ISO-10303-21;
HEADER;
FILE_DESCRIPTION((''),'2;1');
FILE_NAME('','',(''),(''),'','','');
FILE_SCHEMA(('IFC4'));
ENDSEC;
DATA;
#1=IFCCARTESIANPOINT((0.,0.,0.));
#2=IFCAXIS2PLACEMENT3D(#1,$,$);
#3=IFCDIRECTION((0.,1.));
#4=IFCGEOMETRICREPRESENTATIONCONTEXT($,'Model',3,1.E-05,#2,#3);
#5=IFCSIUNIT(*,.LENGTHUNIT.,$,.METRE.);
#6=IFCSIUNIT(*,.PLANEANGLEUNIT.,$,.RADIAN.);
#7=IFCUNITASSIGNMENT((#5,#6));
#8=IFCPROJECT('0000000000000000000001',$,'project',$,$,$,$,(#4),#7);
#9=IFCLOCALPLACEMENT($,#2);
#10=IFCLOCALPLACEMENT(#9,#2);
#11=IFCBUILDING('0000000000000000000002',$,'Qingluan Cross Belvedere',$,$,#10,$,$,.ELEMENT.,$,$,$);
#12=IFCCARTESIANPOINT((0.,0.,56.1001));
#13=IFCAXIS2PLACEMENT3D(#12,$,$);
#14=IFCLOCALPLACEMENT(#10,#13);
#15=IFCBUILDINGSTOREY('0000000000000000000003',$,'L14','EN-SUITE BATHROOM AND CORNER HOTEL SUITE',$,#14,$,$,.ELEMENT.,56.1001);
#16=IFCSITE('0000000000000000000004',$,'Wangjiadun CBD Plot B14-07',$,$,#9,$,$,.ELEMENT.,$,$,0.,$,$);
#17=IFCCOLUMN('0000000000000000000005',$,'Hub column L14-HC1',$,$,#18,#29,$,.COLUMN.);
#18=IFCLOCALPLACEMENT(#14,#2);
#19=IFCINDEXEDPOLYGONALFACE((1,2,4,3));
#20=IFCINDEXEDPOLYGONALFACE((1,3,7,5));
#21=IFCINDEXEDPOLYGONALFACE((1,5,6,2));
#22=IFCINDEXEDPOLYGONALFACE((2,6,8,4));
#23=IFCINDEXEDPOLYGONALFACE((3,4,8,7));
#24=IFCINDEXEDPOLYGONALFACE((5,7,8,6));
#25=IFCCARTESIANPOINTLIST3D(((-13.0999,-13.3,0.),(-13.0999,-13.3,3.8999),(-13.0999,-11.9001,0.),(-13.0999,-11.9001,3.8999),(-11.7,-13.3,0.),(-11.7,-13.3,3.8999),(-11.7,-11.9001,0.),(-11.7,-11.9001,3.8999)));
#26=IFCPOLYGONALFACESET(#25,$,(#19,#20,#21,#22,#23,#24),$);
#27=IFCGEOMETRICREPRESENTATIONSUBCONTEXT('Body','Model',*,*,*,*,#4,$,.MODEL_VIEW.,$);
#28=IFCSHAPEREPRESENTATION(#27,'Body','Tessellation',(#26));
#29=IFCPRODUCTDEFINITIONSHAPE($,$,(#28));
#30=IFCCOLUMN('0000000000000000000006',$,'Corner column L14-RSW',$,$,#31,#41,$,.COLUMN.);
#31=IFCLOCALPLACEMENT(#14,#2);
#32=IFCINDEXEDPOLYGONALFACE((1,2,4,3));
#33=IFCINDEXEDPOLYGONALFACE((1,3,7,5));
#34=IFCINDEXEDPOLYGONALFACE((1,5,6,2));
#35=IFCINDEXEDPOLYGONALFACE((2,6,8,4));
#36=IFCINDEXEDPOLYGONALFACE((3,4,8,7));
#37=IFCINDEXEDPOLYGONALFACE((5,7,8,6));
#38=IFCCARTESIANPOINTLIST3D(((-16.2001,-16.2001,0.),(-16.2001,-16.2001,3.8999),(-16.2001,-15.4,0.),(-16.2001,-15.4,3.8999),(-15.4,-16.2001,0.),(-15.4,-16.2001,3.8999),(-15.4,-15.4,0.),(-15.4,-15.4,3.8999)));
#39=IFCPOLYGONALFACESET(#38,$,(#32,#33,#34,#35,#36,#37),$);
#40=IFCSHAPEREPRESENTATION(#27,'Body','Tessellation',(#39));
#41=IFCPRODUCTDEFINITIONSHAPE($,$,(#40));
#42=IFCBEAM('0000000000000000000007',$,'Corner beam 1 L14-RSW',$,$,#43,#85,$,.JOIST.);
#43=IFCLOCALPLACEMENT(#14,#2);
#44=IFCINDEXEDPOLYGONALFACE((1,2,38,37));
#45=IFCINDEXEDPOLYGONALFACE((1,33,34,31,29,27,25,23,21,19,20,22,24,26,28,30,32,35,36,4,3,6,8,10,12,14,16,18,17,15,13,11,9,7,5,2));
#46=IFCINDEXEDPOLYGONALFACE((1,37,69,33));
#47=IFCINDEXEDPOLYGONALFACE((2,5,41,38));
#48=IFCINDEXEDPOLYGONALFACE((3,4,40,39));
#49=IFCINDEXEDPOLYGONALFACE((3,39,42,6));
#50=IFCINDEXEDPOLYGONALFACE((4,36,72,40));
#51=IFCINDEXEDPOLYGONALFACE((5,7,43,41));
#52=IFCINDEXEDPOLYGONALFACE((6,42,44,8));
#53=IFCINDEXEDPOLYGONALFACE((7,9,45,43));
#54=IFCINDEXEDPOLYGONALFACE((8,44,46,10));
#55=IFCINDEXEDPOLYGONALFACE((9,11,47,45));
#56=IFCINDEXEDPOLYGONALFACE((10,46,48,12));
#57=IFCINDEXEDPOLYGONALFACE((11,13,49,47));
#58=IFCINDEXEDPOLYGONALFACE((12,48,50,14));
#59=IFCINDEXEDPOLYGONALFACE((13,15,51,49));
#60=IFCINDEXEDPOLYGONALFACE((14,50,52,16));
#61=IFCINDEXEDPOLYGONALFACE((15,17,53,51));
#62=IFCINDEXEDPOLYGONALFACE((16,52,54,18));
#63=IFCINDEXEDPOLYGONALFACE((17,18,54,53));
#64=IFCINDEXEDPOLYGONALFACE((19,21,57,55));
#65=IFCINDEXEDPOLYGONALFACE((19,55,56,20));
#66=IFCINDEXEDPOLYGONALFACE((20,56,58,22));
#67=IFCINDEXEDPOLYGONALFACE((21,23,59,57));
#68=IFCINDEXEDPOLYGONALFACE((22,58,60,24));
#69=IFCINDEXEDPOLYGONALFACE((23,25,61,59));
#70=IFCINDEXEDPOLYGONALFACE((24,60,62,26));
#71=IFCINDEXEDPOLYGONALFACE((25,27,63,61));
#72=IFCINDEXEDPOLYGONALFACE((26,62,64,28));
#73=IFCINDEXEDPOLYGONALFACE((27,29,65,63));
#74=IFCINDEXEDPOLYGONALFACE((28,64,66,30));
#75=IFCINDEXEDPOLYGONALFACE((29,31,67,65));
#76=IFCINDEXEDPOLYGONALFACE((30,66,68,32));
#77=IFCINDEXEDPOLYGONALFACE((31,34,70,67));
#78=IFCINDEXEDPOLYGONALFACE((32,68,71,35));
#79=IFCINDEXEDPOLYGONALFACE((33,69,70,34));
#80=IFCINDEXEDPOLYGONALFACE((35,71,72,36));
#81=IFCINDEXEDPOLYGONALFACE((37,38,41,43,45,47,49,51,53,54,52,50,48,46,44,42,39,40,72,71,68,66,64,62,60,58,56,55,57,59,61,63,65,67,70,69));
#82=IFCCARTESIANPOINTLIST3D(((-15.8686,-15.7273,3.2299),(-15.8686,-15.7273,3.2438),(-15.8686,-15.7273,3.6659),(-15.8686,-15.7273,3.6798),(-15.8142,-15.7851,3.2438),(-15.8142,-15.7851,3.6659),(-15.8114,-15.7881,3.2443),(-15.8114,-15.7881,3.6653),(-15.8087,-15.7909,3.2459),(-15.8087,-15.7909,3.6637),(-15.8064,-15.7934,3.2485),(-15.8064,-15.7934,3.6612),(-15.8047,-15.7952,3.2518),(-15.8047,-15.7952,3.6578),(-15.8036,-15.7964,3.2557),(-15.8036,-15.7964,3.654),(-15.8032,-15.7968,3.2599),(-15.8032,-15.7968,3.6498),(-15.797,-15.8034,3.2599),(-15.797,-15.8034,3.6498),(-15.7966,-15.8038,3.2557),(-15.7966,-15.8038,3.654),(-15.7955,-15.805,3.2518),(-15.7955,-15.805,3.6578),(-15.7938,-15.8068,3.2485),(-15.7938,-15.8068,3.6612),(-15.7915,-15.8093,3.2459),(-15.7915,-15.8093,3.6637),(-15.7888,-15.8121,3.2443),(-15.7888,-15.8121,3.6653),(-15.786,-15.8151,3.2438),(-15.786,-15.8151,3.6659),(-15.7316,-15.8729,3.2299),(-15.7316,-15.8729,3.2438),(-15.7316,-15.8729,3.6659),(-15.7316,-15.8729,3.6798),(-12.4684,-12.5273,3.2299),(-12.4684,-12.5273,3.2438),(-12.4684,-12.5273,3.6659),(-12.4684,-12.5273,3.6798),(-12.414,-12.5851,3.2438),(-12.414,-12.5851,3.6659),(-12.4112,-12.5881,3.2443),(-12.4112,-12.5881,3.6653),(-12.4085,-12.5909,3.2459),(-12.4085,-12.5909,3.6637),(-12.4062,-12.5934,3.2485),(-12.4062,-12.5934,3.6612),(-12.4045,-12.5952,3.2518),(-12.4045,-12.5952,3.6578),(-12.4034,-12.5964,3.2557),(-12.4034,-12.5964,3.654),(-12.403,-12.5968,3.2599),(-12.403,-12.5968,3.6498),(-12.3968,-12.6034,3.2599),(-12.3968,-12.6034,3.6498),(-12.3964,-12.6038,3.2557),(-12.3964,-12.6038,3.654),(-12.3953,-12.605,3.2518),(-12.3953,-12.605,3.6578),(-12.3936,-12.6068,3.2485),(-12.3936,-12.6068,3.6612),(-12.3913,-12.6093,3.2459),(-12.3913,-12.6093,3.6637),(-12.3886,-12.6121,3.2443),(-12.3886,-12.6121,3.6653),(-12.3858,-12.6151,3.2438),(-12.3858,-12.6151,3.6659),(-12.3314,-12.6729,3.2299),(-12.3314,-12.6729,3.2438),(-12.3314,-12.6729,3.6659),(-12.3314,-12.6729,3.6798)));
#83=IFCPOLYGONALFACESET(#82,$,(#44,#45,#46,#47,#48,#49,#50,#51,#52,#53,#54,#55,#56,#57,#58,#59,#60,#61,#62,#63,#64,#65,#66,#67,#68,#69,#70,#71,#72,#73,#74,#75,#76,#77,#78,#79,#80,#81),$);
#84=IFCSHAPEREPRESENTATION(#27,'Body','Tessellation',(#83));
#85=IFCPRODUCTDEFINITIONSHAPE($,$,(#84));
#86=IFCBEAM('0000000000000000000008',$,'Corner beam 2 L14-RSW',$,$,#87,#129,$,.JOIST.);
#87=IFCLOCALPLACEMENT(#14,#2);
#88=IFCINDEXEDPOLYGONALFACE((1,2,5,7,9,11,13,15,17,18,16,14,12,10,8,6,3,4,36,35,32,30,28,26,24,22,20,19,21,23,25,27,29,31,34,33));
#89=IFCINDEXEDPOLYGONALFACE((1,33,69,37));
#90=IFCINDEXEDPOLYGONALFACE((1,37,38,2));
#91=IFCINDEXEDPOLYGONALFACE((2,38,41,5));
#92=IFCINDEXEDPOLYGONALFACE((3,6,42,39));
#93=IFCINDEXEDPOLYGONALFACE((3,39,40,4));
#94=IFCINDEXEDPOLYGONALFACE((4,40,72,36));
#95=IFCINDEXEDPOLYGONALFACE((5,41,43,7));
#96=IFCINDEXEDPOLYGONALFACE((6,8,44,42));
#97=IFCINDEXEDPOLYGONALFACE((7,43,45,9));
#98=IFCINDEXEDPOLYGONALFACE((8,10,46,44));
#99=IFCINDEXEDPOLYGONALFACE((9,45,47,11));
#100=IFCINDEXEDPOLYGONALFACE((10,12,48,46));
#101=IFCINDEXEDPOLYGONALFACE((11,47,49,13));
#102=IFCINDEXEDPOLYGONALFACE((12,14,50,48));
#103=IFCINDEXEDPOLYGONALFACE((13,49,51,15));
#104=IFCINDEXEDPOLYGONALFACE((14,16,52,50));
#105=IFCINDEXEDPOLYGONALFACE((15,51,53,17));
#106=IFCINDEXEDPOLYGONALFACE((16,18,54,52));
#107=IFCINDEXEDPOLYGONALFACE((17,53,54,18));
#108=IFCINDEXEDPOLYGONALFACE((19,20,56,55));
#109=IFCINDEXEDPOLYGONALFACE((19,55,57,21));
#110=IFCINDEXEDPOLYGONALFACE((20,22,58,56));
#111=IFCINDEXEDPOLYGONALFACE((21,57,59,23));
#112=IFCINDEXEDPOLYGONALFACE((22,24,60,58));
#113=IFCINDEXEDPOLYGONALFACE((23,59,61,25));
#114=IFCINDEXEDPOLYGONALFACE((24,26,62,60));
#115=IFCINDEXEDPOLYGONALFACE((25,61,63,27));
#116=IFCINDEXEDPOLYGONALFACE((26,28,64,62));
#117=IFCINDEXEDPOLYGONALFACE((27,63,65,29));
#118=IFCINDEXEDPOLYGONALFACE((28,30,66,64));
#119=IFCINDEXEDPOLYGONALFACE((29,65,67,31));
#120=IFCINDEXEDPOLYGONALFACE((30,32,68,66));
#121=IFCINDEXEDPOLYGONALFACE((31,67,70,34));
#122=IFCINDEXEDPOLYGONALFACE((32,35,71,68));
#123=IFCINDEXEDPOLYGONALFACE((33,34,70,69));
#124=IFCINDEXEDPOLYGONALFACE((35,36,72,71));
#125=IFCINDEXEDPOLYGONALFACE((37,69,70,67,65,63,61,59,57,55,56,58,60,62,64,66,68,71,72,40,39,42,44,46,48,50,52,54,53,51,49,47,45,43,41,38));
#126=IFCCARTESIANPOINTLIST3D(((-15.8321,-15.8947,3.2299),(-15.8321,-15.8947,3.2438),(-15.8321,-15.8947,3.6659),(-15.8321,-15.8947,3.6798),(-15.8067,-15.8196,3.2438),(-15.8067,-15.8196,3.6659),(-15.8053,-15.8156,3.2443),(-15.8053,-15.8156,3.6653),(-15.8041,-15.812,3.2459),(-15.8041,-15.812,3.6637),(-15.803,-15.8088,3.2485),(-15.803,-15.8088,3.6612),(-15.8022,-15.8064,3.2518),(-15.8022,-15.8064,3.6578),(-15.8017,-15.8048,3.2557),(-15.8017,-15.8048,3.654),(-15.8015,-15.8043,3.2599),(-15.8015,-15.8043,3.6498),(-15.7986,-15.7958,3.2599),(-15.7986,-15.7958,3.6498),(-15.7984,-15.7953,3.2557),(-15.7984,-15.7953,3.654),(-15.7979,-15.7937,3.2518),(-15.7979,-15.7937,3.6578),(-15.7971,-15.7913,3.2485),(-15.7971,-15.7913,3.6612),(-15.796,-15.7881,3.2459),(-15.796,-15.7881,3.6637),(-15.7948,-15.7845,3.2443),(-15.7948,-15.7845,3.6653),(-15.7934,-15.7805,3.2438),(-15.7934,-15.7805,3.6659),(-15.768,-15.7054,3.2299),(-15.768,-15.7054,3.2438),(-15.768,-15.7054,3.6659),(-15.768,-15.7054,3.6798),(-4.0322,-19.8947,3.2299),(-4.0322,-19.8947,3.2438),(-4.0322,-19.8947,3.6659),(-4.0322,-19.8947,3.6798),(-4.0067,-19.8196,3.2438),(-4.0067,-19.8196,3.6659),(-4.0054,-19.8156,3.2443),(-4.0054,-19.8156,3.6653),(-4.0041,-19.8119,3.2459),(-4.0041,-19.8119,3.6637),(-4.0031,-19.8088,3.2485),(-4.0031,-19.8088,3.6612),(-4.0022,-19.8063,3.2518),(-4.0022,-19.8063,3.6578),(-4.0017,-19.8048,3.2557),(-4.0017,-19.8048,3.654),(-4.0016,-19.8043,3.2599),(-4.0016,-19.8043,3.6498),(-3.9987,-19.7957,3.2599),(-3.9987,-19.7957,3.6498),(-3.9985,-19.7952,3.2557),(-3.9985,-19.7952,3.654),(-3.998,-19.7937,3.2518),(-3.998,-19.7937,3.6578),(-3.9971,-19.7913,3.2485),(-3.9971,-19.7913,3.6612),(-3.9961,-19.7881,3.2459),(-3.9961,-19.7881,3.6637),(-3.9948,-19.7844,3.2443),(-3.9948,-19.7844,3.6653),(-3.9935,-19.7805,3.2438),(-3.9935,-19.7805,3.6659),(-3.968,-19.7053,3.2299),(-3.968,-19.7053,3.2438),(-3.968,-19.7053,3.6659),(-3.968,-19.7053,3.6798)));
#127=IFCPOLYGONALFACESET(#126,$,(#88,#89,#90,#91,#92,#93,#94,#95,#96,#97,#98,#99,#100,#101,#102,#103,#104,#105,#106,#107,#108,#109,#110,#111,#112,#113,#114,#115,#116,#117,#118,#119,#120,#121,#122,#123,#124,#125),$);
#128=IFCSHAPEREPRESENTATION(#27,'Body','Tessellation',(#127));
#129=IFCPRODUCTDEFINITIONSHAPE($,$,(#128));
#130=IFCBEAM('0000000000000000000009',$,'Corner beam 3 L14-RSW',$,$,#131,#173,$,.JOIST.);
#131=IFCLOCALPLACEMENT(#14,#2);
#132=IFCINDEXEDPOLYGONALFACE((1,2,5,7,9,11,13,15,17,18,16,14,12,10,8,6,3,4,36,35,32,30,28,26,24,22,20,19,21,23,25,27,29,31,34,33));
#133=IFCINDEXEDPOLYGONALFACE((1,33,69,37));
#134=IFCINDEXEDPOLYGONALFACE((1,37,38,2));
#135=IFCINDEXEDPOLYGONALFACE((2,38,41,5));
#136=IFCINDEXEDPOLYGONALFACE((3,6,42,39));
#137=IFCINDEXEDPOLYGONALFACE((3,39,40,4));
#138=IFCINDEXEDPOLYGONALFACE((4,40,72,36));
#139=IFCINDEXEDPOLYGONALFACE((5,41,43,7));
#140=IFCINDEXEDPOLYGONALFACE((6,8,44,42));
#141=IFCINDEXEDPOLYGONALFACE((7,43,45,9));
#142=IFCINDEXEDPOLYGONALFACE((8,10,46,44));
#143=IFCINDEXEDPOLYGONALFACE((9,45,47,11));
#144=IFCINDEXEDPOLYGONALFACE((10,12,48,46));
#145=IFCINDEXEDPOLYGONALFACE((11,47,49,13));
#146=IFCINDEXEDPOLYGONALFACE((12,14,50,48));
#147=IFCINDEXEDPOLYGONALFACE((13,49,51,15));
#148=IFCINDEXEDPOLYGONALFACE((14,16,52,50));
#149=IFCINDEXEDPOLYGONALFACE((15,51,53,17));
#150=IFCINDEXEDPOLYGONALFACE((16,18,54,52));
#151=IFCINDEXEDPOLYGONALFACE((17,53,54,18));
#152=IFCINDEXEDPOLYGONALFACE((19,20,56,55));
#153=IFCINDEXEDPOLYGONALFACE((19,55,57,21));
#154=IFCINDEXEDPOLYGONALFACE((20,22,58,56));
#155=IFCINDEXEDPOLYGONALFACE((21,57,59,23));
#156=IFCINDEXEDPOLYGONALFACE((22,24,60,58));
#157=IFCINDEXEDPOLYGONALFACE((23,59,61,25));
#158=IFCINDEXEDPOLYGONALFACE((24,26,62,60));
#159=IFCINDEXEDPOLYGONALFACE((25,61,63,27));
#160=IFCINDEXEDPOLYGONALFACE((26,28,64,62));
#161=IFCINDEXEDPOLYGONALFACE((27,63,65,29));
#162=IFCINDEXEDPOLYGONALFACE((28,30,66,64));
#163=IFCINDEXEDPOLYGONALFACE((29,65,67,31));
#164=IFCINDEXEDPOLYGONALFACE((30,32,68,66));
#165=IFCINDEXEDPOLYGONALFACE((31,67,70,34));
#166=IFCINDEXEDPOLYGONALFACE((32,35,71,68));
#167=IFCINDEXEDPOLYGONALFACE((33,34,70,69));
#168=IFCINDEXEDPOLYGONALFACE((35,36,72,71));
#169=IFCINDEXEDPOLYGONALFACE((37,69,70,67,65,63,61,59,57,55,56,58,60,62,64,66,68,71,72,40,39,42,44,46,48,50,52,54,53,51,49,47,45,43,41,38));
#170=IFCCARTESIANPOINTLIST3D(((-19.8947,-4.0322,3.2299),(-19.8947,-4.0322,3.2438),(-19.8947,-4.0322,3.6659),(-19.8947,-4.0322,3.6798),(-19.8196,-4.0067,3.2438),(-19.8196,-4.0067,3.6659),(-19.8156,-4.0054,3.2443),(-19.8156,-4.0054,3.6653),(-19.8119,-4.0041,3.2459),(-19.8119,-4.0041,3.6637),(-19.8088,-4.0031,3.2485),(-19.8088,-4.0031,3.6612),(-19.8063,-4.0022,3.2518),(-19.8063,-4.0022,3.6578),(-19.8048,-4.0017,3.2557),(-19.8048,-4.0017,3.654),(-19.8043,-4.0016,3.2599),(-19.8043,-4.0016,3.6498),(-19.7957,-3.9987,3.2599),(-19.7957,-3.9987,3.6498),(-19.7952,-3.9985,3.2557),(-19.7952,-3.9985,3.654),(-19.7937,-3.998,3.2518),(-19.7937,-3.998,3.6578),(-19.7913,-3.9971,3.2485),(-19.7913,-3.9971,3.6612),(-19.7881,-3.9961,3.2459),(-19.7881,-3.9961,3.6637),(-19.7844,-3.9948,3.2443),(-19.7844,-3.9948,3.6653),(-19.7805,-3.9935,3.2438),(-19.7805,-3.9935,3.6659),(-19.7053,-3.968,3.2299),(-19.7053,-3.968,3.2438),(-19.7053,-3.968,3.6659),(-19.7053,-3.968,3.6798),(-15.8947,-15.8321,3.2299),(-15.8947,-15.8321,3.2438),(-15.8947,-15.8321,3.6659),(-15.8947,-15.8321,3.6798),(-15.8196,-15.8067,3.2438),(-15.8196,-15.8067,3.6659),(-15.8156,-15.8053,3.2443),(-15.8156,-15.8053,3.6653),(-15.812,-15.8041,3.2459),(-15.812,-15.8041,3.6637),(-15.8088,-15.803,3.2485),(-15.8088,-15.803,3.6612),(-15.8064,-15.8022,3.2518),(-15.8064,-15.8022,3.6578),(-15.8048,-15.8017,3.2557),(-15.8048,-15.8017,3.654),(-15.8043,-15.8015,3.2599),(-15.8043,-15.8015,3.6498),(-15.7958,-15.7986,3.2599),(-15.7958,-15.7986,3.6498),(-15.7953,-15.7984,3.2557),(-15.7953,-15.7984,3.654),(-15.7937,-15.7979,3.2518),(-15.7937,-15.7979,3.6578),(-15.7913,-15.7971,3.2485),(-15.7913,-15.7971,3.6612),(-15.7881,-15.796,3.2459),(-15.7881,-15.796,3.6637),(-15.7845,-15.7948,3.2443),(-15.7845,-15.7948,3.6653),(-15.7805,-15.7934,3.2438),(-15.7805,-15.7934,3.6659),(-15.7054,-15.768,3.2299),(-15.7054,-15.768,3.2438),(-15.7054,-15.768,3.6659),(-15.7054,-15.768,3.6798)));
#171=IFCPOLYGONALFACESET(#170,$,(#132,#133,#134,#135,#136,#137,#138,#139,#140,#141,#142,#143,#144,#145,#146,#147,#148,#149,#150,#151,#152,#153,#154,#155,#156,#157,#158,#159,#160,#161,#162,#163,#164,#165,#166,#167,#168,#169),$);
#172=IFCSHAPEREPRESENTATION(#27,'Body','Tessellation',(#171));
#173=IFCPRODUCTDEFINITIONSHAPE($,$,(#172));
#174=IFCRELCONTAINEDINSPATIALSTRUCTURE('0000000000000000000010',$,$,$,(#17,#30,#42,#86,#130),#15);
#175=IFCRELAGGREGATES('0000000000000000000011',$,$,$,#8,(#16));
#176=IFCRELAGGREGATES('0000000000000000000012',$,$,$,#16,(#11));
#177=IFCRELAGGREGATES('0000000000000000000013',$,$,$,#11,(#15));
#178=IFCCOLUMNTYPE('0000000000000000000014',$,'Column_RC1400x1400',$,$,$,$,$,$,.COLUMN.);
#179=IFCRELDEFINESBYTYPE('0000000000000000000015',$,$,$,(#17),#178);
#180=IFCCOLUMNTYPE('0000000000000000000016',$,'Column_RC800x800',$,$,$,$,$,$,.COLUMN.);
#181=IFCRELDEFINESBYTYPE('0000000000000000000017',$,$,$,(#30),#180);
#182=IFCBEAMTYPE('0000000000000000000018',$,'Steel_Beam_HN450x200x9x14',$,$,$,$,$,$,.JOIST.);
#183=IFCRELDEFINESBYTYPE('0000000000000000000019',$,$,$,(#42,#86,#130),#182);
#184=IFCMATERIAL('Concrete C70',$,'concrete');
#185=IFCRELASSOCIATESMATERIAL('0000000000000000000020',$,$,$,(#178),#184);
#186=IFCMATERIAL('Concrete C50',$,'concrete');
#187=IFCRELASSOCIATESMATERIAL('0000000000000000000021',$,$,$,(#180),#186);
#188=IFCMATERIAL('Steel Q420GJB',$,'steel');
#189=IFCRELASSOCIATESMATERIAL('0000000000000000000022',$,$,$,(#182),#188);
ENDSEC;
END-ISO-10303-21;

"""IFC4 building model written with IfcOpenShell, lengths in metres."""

from ifc_helpers import new_model, si_unit, direction, frame, origin, origin_2d, place, context, subcontext, project, spatial, rectangle, i_section, extrude, material, material_profile, profile_set, type_object, element, save


model = new_model("IFC4")

# Units and contexts
model_context = context("Model", 3, precision=1e-05, world=origin(), true_north=direction((0.0, 1.0)))
body_context = subcontext(model_context, "Body", "Model", "MODEL_VIEW")
ifc_project = project(units=[si_unit("LENGTHUNIT", "METRE"), si_unit("PLANEANGLEUNIT", "RADIAN")], contexts=[model_context])

# Site, building, storey
site_placement = place(None, origin())
site = spatial("IfcSite", under=ifc_project, at=site_placement, Name="Wangjiadun CBD Plot B14-07", CompositionType="ELEMENT", RefElevation=0.0)
building_placement = place(site_placement, origin())
building = spatial("IfcBuilding", under=site, at=building_placement, Name="Qingluan Cross Belvedere", CompositionType="ELEMENT")
storey_placement = place(building_placement, frame((0.0, 0.0, 56.1001)))
storey = spatial("IfcBuildingStorey", under=building, at=storey_placement, Name="L14", Description="EN-SUITE BATHROOM AND CORNER HOTEL SUITE", CompositionType="ELEMENT", Elevation=56.1001)

# Columns
ifc_material_1 = material(Name="Concrete C70", Category="concrete")
ifc_material_profile_1 = material_profile(ifc_material_1, rectangle(XDim=1.3999, YDim=1.3999, at=origin_2d()), Name="RC1400x1400")
ifc_profile_set_1 = profile_set([ifc_material_profile_1], Name="Concrete C70")
column_type_1 = type_object("IfcColumnType", Name="Column_RC1400x1400", PredefinedType="COLUMN", material=ifc_profile_set_1)
column_1_placement = place(storey_placement, frame((-12.3999, -12.6001, 0.0), z_axis=(0.0, 0.0, 1.0), x_axis=(1.0, 0.0, 0.0)))
element("IfcColumn", 1, at=column_1_placement, inside=storey, type_object=column_type_1, Name="Hub column L14-HC1", PredefinedType="COLUMN", context=body_context, shape_type="SweptSolid", body=[
    extrude(rectangle(XDim=1.3999, YDim=1.3999, at=origin_2d()), origin(), (0.0, 0.0, 1.0), 3.8999),
])
ifc_material_2 = material(Name="Concrete C50", Category="concrete")
ifc_material_profile_2 = material_profile(ifc_material_2, rectangle(XDim=0.8, YDim=0.8, at=origin_2d()), Name="RC800x800")
ifc_profile_set_2 = profile_set([ifc_material_profile_2], Name="Concrete C50")
column_type_2 = type_object("IfcColumnType", Name="Column_RC800x800", PredefinedType="COLUMN", material=ifc_profile_set_2)
column_2_placement = place(storey_placement, frame((-15.8, -15.8, 0.0), z_axis=(0.0, 0.0, 1.0), x_axis=(1.0, 0.0, 0.0)))
element("IfcColumn", 2, at=column_2_placement, inside=storey, type_object=column_type_2, Name="Corner column L14-RSW", PredefinedType="COLUMN", context=body_context, shape_type="SweptSolid", body=[
    extrude(rectangle(XDim=0.8, YDim=0.8, at=origin_2d()), origin(), (0.0, 0.0, 1.0), 3.8999),
])

# Beams
ifc_material_3 = material(Name="Steel Q420GJB", Category="steel")
ifc_material_profile_3 = material_profile(ifc_material_3, i_section(OverallWidth=0.2, OverallDepth=0.45, WebThickness=0.009, FlangeThickness=0.0139, FilletRadius=0.0161, at=origin_2d()), Name="HN450x200x9x14")
ifc_profile_set_3 = profile_set([ifc_material_profile_3], Name="Steel Q420GJB")
beam_type_1 = type_object("IfcBeamType", Name="Steel_Beam_HN450x200x9x14", PredefinedType="JOIST", material=ifc_profile_set_3)
beam_1_placement = place(storey_placement, frame((-12.3999, -12.6001, 3.4548), z_axis=(-0.72822, -0.685343, 0.0), x_axis=(0.685343, -0.72822, 0.0)))
element("IfcBeam", 3, at=beam_1_placement, inside=storey, type_object=beam_type_1, Name="Corner beam 1 L14-RSW", PredefinedType="JOIST", context=body_context, shape_type="SweptSolid", body=[
    extrude(i_section(OverallWidth=0.2, OverallDepth=0.45, WebThickness=0.009, FlangeThickness=0.0139, FilletRadius=0.0161, at=origin_2d()), origin(), (0.0, 0.0, 1.0), 4.6692),
])
for number, where, z_axis, x_axis, name in (
    (4, (-15.8, -15.8, 3.4548), (0.947066, -0.321038, 0.0), (0.321038, 0.947066, 0.0), "Corner beam 2 L14-RSW"),
    (5, (-15.8, -15.8, 3.4548), (-0.321038, 0.947066, 0.0), (-0.947066, -0.321038, 0.0), "Corner beam 3 L14-RSW"),
):
    element("IfcBeam", number, at=place(storey_placement, frame(where, z_axis=z_axis, x_axis=x_axis)), inside=storey, type_object=beam_type_1, Name=name, PredefinedType="JOIST", context=body_context, shape_type="SweptSolid", body=[
        extrude(i_section(OverallWidth=0.2, OverallDepth=0.45, WebThickness=0.009, FlangeThickness=0.0139, FilletRadius=0.0161, at=origin_2d()), origin(), (0.0, 0.0, 1.0), 12.4595),
    ])

save(model, "model.ifc")
